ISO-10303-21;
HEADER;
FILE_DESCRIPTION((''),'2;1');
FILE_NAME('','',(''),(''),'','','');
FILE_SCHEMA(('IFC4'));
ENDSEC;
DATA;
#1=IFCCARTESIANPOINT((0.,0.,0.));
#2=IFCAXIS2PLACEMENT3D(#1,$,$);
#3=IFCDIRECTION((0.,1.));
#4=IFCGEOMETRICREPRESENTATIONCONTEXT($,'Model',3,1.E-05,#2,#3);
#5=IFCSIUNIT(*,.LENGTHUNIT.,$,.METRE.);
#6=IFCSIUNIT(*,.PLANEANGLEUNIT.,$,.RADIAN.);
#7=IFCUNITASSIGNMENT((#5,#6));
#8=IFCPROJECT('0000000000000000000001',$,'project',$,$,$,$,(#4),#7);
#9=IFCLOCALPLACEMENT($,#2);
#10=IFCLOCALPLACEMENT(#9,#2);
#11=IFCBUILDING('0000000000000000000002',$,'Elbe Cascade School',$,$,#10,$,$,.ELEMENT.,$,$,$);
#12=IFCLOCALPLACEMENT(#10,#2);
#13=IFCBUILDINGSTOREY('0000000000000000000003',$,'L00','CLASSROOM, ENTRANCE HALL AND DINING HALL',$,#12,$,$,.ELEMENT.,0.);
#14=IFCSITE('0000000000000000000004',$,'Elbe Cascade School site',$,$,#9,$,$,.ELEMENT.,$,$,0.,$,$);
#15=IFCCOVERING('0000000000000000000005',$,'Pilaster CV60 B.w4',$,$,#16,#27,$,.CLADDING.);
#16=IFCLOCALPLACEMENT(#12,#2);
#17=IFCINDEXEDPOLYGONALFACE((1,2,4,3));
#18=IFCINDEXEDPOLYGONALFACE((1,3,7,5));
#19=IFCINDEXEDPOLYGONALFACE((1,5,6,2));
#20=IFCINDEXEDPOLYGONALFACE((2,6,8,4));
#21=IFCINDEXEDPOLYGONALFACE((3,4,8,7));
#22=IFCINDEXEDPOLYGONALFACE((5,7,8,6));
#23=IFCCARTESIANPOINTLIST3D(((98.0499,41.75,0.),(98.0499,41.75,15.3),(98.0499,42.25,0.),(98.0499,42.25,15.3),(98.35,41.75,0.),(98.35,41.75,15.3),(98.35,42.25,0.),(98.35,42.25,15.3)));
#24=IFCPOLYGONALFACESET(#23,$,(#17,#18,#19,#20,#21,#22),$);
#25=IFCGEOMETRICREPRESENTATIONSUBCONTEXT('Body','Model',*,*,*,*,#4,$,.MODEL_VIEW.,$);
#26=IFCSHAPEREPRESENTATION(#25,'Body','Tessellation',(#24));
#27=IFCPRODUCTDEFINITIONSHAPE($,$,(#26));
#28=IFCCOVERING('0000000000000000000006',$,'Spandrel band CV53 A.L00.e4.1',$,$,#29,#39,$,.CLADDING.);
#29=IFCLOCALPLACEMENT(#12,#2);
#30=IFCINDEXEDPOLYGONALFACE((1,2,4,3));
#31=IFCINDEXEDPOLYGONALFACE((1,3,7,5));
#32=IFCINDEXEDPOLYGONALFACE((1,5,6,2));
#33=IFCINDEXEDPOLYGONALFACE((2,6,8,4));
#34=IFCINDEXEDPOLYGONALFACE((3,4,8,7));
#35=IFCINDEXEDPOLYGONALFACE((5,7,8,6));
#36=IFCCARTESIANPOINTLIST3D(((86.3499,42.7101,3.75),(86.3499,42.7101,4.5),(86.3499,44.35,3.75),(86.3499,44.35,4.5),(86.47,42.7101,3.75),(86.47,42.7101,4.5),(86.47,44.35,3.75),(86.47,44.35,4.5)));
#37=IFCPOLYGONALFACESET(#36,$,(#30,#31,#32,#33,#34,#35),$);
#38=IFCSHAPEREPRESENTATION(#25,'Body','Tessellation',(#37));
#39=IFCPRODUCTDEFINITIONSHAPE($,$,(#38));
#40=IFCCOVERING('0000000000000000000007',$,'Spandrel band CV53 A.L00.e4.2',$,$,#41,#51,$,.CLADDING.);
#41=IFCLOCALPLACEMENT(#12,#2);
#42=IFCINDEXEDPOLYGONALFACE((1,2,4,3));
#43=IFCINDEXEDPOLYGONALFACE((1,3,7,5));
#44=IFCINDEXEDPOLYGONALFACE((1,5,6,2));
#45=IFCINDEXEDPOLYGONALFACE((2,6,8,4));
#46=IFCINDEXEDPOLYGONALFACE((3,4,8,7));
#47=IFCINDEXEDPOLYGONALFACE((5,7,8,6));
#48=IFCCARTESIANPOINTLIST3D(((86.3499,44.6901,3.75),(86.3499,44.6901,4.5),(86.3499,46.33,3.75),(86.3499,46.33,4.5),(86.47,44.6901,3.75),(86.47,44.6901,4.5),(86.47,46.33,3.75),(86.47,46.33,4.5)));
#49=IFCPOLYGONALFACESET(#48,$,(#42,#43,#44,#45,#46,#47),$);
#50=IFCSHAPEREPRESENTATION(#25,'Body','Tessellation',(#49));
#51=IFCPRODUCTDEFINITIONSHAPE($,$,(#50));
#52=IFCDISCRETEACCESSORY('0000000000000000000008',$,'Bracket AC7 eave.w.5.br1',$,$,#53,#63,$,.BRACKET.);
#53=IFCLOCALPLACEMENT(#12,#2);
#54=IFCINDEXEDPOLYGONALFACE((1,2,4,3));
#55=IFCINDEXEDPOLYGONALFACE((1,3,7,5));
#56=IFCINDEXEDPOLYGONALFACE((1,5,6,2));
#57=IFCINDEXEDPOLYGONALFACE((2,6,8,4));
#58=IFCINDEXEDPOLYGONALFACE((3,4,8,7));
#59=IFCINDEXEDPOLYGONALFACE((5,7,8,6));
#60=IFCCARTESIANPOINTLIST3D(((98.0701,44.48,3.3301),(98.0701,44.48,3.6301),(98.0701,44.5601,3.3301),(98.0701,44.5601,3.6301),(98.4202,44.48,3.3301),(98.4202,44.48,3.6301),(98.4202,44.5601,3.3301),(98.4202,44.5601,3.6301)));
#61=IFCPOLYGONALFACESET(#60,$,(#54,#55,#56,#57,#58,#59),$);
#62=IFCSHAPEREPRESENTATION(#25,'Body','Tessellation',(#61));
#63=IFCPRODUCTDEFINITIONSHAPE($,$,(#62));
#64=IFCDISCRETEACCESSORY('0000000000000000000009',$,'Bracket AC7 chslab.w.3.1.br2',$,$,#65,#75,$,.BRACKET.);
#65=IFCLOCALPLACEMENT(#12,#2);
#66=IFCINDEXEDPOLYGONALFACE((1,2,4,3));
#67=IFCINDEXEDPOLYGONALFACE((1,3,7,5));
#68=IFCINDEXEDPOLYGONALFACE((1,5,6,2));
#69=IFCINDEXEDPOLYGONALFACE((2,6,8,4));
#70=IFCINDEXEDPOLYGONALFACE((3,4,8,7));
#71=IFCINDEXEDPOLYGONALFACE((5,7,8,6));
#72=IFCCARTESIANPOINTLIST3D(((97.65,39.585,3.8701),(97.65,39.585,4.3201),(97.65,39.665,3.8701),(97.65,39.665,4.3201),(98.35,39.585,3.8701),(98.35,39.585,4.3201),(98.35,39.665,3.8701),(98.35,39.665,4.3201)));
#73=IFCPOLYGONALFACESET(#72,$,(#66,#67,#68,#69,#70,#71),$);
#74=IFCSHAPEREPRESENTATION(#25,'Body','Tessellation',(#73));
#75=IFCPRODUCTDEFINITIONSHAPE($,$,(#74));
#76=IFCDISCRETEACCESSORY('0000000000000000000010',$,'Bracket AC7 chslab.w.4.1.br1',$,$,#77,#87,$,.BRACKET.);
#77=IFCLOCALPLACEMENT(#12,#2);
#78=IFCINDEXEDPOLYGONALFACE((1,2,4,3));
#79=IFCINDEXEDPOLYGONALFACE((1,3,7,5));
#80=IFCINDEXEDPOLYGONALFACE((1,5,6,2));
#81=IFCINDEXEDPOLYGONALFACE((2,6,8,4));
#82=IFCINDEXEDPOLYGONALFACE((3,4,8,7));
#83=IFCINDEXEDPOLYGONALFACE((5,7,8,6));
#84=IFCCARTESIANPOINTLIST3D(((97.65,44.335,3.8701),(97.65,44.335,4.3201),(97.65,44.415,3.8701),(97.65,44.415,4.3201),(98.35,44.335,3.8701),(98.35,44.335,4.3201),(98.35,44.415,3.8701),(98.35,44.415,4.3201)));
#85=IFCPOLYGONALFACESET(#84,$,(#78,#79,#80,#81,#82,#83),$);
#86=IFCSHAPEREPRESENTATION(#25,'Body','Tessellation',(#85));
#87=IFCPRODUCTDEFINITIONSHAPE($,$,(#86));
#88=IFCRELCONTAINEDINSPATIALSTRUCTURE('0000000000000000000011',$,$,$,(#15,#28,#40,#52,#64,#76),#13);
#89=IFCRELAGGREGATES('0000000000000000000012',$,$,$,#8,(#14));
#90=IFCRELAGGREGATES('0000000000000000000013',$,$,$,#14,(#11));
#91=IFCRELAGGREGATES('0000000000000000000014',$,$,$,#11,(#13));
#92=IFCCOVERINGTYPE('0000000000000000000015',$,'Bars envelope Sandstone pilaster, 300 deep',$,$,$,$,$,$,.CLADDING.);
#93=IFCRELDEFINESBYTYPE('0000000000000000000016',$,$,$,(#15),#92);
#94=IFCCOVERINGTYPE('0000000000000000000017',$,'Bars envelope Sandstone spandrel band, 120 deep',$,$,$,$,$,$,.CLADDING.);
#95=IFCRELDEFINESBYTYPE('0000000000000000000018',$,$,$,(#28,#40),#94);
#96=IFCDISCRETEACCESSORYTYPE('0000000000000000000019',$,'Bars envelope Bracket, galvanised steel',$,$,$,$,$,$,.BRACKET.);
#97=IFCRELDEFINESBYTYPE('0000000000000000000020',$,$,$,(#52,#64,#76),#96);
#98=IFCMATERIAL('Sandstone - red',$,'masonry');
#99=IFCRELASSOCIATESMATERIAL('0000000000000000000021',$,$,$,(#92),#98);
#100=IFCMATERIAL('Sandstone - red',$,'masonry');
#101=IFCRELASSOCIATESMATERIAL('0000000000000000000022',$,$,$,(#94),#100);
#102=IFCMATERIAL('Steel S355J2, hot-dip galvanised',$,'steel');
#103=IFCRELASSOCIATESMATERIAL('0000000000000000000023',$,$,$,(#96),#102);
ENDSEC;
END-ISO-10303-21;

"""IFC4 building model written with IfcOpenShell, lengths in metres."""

from ifc_helpers import new_model, si_unit, direction, frame, origin, origin_2d, place, context, subcontext, project, spatial, rectangle, extrude, material, type_object, element, save


model = new_model("IFC4")

# Units and contexts
model_context = context("Model", 3, precision=1e-05, world=origin(), true_north=direction((0.0, 1.0)))
body_context = subcontext(model_context, "Body", "Model", "MODEL_VIEW")
ifc_project = project(units=[si_unit("LENGTHUNIT", "METRE"), si_unit("PLANEANGLEUNIT", "RADIAN")], contexts=[model_context])

# Site, building, storey
site_placement = place(None, origin())
site = spatial("IfcSite", under=ifc_project, at=site_placement, Name="Elbe Cascade School site", CompositionType="ELEMENT", RefElevation=0.0)
building_placement = place(site_placement, origin())
building = spatial("IfcBuilding", under=site, at=building_placement, Name="Elbe Cascade School", CompositionType="ELEMENT")
storey_placement = place(building_placement, origin())
storey = spatial("IfcBuildingStorey", under=building, at=storey_placement, Name="L00", Description="CLASSROOM, ENTRANCE HALL AND DINING HALL", CompositionType="ELEMENT", Elevation=0.0)

# Coverings
ifc_material_1 = material(Name="Sandstone - red", Category="masonry")
covering_type_1 = type_object("IfcCoveringType", Name="Bars envelope Sandstone pilaster, 300 deep", PredefinedType="CLADDING", material=ifc_material_1)
covering_placement = place(storey_placement, frame((98.2, 42.0, 0.0), z_axis=(0.0, 0.0, 1.0), x_axis=(0.0, 1.0, 0.0)))
element("IfcCovering", 1, at=covering_placement, inside=storey, type_object=covering_type_1, Name="Pilaster CV60 B.w4", PredefinedType="CLADDING", context=body_context, shape_type="SweptSolid", body=[
    extrude(rectangle(XDim=0.5, YDim=0.3, at=origin_2d()), origin(), (0.0, 0.0, 1.0), 15.3),
])
ifc_material_2 = material(Name="Sandstone - red", Category="masonry")
covering_type_2 = type_object("IfcCoveringType", Name="Bars envelope Sandstone spandrel band, 120 deep", PredefinedType="CLADDING", material=ifc_material_2)
for number, where, z_axis, x_axis, name in (
    (2, (86.4099, 43.53, 3.75), (0.0, 0.0, 1.0), (0.0, 1.0, 0.0), "Spandrel band CV53 A.L00.e4.1"),
    (3, (86.4099, 45.51, 3.75), (0.0, 0.0, 1.0), (0.0, 1.0, 0.0), "Spandrel band CV53 A.L00.e4.2"),
):
    element("IfcCovering", number, at=place(storey_placement, frame(where, z_axis=z_axis, x_axis=x_axis)), inside=storey, type_object=covering_type_2, Name=name, PredefinedType="CLADDING", context=body_context, shape_type="SweptSolid", body=[
        extrude(rectangle(XDim=1.6399, YDim=0.1201, at=origin_2d()), origin(), (0.0, 0.0, 1.0), 0.75),
    ])

# Discrete accessories
ifc_material_3 = material(Name="Steel S355J2, hot-dip galvanised", Category="steel")
discrete_accessory_type = type_object("IfcDiscreteAccessoryType", Name="Bars envelope Bracket, galvanised steel", PredefinedType="BRACKET", material=ifc_material_3)
discrete_accessory_placement = place(storey_placement, frame((98.2451, 44.52, 3.3301), z_axis=(0.0, 0.0, 1.0), x_axis=(0.0, 1.0, 0.0)))
element("IfcDiscreteAccessory", 4, at=discrete_accessory_placement, inside=storey, type_object=discrete_accessory_type, Name="Bracket AC7 eave.w.5.br1", PredefinedType="BRACKET", context=body_context, shape_type="SweptSolid", body=[
    extrude(rectangle(XDim=0.0801, YDim=0.3501, at=origin_2d()), origin(), (0.0, 0.0, 1.0), 0.3),
])
for number, where, z_axis, x_axis, name in (
    (5, (98.0, 39.625, 3.8701), (0.0, 0.0, 1.0), (0.0, 1.0, 0.0), "Bracket AC7 chslab.w.3.1.br2"),
    (6, (98.0, 44.375, 3.8701), (0.0, 0.0, 1.0), (0.0, 1.0, 0.0), "Bracket AC7 chslab.w.4.1.br1"),
):
    element("IfcDiscreteAccessory", number, at=place(storey_placement, frame(where, z_axis=z_axis, x_axis=x_axis)), inside=storey, type_object=discrete_accessory_type, Name=name, PredefinedType="BRACKET", context=body_context, shape_type="SweptSolid", body=[
        extrude(rectangle(XDim=0.0801, YDim=0.7, at=origin_2d()), origin(), (0.0, 0.0, 1.0), 0.45),
    ])

save(model, "model.ifc")
